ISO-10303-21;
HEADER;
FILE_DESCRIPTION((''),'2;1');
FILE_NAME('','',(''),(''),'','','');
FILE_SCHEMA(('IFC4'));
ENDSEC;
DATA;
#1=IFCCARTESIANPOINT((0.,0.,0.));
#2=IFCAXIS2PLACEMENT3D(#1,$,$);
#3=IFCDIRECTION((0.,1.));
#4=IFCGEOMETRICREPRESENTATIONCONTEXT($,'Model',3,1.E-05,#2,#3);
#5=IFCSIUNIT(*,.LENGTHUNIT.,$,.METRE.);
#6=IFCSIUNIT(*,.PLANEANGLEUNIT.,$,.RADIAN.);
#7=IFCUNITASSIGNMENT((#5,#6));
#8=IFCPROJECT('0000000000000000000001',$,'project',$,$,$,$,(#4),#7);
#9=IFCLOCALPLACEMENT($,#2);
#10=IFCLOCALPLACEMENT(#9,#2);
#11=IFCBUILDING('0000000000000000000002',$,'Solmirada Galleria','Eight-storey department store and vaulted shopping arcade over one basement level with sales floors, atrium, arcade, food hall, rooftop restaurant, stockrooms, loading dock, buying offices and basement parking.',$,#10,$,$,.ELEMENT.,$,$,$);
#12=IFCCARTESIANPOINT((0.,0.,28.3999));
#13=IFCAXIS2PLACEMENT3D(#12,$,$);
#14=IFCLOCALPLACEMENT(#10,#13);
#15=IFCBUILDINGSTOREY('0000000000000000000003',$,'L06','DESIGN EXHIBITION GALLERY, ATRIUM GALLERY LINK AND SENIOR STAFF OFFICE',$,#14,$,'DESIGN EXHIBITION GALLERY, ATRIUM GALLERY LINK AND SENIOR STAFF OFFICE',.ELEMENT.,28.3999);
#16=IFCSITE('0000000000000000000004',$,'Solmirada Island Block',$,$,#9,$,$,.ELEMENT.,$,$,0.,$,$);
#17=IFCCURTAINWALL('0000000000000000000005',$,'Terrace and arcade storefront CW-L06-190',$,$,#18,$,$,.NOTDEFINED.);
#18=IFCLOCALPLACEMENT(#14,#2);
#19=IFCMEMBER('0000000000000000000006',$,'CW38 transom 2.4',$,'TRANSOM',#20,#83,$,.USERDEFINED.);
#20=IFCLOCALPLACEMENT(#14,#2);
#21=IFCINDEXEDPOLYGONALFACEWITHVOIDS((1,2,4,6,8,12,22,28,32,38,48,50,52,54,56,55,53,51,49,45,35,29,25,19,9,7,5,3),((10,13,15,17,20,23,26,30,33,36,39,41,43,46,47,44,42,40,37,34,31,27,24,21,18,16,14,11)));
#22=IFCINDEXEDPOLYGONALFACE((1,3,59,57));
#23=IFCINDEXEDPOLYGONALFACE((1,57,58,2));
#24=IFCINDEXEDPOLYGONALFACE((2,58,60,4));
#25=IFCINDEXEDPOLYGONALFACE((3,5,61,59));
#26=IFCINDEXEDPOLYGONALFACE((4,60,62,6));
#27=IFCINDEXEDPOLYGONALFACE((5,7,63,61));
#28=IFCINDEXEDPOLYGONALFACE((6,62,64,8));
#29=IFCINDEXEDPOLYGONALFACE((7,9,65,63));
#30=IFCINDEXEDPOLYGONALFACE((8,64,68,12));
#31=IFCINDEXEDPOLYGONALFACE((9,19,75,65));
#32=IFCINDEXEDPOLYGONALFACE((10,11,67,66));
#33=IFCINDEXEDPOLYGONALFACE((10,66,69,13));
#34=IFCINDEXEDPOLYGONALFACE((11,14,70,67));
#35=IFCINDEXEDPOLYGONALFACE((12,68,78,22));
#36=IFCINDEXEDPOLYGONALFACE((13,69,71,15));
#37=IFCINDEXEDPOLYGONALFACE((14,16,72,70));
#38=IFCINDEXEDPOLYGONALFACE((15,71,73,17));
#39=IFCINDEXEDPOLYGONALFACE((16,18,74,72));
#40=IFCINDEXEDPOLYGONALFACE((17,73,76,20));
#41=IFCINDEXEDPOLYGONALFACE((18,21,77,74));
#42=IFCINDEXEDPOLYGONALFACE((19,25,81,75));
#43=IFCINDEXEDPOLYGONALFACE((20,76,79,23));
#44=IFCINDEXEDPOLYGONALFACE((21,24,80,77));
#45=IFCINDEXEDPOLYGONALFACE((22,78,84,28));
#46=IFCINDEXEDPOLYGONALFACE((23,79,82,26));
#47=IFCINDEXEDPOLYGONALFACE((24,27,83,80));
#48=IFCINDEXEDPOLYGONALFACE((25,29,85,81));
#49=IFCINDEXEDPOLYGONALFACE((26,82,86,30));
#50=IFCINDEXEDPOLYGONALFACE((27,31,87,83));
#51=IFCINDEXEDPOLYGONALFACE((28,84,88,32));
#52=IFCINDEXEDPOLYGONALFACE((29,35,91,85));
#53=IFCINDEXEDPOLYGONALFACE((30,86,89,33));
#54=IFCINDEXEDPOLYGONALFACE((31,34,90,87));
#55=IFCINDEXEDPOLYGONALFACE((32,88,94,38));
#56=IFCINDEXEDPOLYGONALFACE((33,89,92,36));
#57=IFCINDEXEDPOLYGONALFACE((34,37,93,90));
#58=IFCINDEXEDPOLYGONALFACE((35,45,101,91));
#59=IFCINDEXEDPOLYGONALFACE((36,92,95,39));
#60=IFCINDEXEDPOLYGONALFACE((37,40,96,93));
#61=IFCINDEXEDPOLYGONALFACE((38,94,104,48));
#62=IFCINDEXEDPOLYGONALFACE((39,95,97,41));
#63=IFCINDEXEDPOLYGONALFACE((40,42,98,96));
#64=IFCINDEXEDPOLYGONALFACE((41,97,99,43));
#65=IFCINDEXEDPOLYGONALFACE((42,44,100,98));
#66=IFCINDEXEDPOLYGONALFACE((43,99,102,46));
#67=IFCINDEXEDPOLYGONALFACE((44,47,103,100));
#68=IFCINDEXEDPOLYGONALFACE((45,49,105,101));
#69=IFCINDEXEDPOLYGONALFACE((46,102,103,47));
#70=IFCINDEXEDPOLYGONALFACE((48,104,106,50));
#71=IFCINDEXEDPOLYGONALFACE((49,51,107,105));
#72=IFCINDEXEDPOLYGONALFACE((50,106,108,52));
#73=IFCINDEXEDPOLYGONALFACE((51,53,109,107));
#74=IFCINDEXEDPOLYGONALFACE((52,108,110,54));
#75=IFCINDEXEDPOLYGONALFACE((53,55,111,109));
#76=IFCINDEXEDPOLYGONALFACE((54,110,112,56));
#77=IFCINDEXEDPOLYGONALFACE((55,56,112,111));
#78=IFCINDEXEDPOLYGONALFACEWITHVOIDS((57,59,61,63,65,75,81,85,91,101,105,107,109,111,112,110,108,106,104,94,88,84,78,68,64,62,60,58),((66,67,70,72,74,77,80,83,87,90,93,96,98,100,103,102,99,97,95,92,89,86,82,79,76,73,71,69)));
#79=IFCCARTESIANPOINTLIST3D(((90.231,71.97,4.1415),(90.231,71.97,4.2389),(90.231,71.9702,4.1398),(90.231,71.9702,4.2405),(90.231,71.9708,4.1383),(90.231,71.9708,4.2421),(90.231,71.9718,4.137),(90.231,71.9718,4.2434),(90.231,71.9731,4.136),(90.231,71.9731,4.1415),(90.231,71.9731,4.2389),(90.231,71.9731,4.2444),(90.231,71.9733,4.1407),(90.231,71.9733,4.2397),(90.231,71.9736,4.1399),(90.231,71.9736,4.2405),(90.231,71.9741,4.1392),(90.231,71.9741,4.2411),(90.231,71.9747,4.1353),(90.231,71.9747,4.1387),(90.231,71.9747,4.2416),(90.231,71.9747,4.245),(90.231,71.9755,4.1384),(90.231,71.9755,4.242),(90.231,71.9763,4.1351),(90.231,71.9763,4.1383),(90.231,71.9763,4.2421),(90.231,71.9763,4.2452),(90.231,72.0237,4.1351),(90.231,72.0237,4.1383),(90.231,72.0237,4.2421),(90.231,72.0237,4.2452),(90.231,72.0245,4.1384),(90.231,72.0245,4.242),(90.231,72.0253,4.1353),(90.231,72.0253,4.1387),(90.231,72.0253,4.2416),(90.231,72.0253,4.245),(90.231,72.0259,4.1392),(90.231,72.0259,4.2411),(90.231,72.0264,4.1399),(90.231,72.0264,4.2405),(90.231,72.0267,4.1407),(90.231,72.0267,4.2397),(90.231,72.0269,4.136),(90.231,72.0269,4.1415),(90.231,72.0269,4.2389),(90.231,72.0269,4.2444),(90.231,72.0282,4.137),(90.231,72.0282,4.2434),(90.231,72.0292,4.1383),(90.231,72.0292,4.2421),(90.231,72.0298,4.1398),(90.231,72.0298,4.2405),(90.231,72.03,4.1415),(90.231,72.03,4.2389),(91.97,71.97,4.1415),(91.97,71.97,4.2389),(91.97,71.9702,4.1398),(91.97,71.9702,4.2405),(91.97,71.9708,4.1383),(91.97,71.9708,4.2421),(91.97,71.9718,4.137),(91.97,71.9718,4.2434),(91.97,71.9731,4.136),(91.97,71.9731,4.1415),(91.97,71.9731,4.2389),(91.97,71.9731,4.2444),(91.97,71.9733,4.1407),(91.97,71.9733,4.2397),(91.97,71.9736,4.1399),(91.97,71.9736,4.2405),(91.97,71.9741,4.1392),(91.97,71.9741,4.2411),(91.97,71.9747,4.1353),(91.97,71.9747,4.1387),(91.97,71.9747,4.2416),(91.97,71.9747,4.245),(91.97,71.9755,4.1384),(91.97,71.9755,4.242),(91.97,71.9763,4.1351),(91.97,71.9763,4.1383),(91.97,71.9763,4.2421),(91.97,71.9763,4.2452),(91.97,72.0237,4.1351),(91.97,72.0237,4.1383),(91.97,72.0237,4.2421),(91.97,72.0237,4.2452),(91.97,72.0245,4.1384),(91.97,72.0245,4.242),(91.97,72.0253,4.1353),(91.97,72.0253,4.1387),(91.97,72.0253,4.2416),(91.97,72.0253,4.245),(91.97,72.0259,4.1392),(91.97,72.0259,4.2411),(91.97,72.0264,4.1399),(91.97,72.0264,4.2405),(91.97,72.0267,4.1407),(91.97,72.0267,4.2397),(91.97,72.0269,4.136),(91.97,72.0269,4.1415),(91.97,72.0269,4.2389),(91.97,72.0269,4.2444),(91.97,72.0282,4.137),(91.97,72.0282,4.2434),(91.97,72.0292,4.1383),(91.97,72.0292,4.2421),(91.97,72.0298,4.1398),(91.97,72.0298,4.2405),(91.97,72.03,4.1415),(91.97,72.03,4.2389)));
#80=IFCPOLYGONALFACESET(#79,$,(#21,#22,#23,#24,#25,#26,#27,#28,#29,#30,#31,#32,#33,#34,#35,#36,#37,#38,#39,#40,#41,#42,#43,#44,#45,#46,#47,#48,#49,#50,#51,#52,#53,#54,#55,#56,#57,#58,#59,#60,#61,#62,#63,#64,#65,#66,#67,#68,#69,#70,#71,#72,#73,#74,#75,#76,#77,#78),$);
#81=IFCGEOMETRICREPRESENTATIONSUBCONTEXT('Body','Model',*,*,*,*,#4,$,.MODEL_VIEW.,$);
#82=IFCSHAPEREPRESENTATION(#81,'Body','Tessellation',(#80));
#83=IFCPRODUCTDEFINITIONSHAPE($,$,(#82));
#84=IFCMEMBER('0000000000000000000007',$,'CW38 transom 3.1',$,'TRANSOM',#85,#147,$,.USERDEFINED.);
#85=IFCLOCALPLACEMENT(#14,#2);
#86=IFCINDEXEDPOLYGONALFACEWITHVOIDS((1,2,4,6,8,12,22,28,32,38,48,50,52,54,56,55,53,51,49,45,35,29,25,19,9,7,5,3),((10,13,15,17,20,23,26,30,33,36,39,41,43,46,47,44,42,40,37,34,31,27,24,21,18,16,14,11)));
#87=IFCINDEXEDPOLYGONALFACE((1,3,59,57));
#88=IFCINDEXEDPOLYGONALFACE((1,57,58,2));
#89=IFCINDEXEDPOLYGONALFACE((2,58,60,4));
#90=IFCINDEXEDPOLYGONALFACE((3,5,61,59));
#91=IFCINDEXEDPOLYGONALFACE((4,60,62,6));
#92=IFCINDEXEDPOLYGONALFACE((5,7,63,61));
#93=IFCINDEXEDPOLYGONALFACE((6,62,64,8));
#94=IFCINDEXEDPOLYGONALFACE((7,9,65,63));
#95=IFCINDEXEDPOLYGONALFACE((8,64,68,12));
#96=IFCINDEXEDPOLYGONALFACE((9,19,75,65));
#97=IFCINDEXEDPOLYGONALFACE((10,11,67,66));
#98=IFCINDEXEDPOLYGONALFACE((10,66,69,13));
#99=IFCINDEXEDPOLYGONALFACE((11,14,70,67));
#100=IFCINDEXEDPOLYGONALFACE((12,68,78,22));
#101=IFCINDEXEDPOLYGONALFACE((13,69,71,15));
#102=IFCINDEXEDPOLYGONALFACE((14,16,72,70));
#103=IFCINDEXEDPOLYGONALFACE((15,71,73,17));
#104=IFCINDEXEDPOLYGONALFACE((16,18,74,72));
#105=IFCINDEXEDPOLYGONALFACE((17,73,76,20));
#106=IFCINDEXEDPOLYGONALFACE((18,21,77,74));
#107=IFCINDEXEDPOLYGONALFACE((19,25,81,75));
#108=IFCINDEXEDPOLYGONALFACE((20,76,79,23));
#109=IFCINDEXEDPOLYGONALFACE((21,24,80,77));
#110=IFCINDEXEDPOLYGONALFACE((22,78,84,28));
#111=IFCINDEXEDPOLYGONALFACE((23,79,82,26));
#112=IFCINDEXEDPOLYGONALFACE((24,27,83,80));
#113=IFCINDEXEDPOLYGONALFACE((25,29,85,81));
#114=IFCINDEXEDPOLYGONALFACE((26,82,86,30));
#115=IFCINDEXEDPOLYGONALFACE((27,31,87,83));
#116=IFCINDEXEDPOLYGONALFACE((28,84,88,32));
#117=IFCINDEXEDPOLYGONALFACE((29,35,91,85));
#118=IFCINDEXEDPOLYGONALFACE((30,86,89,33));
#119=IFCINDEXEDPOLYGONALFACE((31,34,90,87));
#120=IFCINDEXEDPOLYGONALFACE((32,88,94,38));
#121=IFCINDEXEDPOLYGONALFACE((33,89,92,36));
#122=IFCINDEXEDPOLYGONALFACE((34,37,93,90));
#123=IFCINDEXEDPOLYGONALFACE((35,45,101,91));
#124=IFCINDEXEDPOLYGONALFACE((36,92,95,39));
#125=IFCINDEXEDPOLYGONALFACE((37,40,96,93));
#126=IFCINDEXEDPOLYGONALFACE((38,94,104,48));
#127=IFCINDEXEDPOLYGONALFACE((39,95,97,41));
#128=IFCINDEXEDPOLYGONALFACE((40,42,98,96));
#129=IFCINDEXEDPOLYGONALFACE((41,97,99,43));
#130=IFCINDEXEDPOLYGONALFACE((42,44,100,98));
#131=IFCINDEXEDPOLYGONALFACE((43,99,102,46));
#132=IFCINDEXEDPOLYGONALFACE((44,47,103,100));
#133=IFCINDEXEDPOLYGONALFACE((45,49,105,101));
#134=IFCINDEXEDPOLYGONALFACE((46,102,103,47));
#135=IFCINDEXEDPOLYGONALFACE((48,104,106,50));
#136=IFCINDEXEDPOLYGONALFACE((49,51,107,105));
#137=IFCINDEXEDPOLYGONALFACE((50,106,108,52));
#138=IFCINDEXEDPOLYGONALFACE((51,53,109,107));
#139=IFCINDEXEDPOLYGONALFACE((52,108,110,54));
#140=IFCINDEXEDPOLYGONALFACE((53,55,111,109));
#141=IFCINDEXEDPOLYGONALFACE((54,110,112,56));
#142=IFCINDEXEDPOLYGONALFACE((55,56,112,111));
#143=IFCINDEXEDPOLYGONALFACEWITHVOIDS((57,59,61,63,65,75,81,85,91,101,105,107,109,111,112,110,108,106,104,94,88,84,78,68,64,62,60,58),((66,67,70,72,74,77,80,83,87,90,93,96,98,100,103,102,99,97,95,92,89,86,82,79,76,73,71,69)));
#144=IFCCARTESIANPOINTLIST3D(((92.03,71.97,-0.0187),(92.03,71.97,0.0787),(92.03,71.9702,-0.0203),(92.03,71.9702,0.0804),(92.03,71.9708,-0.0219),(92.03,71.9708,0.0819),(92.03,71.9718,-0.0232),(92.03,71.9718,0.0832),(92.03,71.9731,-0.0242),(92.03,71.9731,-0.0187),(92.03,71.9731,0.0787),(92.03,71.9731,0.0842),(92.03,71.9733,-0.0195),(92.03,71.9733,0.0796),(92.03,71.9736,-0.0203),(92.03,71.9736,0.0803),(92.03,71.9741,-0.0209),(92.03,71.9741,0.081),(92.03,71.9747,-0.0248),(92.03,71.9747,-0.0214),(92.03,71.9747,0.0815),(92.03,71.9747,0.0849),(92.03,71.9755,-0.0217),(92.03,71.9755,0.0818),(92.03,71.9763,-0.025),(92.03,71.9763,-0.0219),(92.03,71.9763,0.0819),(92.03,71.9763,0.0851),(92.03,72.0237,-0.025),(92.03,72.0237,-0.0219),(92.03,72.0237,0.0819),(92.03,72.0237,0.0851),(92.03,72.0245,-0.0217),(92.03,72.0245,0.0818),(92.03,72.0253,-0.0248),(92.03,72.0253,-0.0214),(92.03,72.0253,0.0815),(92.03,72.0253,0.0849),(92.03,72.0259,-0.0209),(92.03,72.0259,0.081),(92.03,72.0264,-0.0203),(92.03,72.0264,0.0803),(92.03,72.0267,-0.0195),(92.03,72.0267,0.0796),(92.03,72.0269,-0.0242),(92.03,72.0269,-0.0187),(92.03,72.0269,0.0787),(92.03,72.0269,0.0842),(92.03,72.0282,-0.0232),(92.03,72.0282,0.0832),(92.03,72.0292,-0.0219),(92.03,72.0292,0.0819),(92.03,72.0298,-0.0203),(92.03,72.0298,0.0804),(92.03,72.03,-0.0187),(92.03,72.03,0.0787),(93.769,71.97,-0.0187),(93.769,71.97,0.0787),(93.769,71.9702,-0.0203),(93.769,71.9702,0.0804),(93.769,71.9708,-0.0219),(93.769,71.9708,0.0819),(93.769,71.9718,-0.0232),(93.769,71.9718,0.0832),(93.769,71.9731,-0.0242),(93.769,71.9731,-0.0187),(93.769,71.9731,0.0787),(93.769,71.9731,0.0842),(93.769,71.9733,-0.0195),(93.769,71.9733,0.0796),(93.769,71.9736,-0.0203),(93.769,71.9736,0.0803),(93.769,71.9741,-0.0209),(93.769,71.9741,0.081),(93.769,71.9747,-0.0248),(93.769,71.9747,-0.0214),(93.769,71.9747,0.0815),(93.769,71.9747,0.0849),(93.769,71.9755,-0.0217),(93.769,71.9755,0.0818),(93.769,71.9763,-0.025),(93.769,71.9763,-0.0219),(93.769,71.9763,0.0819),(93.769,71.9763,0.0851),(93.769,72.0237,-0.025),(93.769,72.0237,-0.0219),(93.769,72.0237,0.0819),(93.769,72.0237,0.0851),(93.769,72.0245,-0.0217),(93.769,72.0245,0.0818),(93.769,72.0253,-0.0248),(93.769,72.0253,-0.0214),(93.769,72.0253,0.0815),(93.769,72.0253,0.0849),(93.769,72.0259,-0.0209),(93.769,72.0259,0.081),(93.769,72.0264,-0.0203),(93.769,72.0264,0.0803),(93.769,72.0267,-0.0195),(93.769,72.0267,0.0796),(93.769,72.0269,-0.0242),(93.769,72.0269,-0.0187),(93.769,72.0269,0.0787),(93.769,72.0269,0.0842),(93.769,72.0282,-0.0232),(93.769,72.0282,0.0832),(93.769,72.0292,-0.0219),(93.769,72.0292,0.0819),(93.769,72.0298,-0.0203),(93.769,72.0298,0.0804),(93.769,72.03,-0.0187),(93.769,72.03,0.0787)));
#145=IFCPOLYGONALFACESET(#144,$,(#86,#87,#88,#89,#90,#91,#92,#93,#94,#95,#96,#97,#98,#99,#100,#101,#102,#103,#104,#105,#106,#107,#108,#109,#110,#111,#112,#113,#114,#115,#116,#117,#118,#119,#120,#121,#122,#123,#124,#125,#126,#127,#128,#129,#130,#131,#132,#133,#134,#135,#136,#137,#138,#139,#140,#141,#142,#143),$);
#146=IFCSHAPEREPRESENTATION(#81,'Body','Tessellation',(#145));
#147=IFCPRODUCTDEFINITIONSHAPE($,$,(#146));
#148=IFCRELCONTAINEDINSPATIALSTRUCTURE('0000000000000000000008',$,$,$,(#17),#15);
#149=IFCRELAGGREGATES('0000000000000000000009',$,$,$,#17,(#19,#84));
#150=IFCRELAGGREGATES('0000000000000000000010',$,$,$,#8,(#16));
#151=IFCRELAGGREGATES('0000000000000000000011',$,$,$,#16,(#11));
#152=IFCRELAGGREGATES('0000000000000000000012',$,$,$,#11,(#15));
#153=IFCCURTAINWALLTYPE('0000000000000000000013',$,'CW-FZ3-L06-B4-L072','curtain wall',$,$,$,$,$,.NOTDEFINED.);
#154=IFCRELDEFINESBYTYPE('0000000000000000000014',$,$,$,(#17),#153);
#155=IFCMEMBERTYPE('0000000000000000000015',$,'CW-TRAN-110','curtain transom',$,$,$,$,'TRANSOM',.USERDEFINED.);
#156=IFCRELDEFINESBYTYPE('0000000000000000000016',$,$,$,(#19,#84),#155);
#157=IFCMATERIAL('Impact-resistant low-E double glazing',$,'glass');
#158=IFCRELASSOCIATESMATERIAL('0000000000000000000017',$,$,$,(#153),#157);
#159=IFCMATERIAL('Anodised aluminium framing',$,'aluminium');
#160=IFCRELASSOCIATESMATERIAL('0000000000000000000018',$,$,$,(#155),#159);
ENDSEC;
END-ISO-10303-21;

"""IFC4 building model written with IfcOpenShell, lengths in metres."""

from ifc_helpers import new_model, si_unit, direction, frame, origin, origin_2d, place, context, subcontext, project, spatial, hollow_rectangle, extrude, material, material_profile, profile_set, type_object, element, aggregate, save


model = new_model("IFC4")

# Units and contexts
model_context = context("Model", 3, precision=1e-05, world=origin(), true_north=direction((0.0, 1.0)))
body_context = subcontext(model_context, "Body", "Model", "MODEL_VIEW")
ifc_project = project(units=[si_unit("LENGTHUNIT", "METRE"), si_unit("PLANEANGLEUNIT", "RADIAN")], contexts=[model_context])

# Site, building, storey
site_placement = place(None, origin())
site = spatial("IfcSite", under=ifc_project, at=site_placement, Name="Solmirada Island Block", CompositionType="ELEMENT", RefElevation=0.0)
building_placement = place(site_placement, origin())
building = spatial("IfcBuilding", under=site, at=building_placement, Name="Solmirada Galleria", Description="Eight-storey department store and vaulted shopping arcade over one basement level with sales floors, atrium, arcade, food hall, rooftop restaurant, stockrooms, loading dock, buying offices and basement parking.", CompositionType="ELEMENT")
storey_placement = place(building_placement, frame((0.0, 0.0, 28.3999)))
storey = spatial("IfcBuildingStorey", under=building, at=storey_placement, Name="L06", Description="DESIGN EXHIBITION GALLERY, ATRIUM GALLERY LINK AND SENIOR STAFF OFFICE", LongName="DESIGN EXHIBITION GALLERY, ATRIUM GALLERY LINK AND SENIOR STAFF OFFICE", CompositionType="ELEMENT", Elevation=28.3999)

# Shared definitions
ifc_material_1 = material(Name="Impact-resistant low-E double glazing", Category="glass")
curtain_wall_type = type_object("IfcCurtainWallType", Name="CW-FZ3-L06-B4-L072", Description="curtain wall", PredefinedType="NOTDEFINED", material=ifc_material_1)
ifc_material_2 = material(Name="Anodised aluminium framing", Category="aluminium")

# Curtain wall, members
curtain_wall_1_placement = place(storey_placement, origin())
curtain_wall_1 = element("IfcCurtainWall", 1, at=curtain_wall_1_placement, inside=storey, type_object=curtain_wall_type, Name="Terrace and arcade storefront CW-L06-190", PredefinedType="NOTDEFINED")
ifc_material_profile_1 = material_profile(ifc_material_2, hollow_rectangle(XDim=0.0601, YDim=0.1101, WallThickness=0.0032, InnerFilletRadius=0.0032, OuterFilletRadius=0.0063, at=origin_2d()), Name="ALU-TRAN-110X60")
ifc_profile_set_1 = profile_set([ifc_material_profile_1], Name="Anodised aluminium framing")
member_type_1 = type_object("IfcMemberType", Name="CW-TRAN-110", Description="curtain transom", ElementType="TRANSOM", PredefinedType="USERDEFINED", material=ifc_profile_set_1)
member_1_placement = place(storey_placement, frame((90.231, 72.0, 4.1902), z_axis=(1.0, 0.0, 0.0), x_axis=(0.0, 1.0, 0.0)))
member_1 = element("IfcMember", 2, at=member_1_placement, type_object=member_type_1, Name="CW38 transom 2.4", ObjectType="TRANSOM", PredefinedType="USERDEFINED", context=body_context, shape_type="SweptSolid", body=[
    extrude(hollow_rectangle(XDim=0.0601, YDim=0.1101, WallThickness=0.0032, InnerFilletRadius=0.0032, OuterFilletRadius=0.0063, at=origin_2d()), origin(), (0.0, 0.0, 1.0), 1.739),
])
member_2_placement = place(storey_placement, frame((92.03, 72.0, 0.03), z_axis=(1.0, 0.0, 0.0), x_axis=(0.0, 1.0, 0.0)))
member_2 = element("IfcMember", 3, at=member_2_placement, type_object=member_type_1, Name="CW38 transom 3.1", ObjectType="TRANSOM", PredefinedType="USERDEFINED", context=body_context, shape_type="SweptSolid", body=[
    extrude(hollow_rectangle(XDim=0.0601, YDim=0.1101, WallThickness=0.0032, InnerFilletRadius=0.0032, OuterFilletRadius=0.0063, at=origin_2d()), origin(), (0.0, 0.0, 1.0), 1.739),
])

aggregate(curtain_wall_1, [member_1, member_2])

save(model, "model.ifc")
